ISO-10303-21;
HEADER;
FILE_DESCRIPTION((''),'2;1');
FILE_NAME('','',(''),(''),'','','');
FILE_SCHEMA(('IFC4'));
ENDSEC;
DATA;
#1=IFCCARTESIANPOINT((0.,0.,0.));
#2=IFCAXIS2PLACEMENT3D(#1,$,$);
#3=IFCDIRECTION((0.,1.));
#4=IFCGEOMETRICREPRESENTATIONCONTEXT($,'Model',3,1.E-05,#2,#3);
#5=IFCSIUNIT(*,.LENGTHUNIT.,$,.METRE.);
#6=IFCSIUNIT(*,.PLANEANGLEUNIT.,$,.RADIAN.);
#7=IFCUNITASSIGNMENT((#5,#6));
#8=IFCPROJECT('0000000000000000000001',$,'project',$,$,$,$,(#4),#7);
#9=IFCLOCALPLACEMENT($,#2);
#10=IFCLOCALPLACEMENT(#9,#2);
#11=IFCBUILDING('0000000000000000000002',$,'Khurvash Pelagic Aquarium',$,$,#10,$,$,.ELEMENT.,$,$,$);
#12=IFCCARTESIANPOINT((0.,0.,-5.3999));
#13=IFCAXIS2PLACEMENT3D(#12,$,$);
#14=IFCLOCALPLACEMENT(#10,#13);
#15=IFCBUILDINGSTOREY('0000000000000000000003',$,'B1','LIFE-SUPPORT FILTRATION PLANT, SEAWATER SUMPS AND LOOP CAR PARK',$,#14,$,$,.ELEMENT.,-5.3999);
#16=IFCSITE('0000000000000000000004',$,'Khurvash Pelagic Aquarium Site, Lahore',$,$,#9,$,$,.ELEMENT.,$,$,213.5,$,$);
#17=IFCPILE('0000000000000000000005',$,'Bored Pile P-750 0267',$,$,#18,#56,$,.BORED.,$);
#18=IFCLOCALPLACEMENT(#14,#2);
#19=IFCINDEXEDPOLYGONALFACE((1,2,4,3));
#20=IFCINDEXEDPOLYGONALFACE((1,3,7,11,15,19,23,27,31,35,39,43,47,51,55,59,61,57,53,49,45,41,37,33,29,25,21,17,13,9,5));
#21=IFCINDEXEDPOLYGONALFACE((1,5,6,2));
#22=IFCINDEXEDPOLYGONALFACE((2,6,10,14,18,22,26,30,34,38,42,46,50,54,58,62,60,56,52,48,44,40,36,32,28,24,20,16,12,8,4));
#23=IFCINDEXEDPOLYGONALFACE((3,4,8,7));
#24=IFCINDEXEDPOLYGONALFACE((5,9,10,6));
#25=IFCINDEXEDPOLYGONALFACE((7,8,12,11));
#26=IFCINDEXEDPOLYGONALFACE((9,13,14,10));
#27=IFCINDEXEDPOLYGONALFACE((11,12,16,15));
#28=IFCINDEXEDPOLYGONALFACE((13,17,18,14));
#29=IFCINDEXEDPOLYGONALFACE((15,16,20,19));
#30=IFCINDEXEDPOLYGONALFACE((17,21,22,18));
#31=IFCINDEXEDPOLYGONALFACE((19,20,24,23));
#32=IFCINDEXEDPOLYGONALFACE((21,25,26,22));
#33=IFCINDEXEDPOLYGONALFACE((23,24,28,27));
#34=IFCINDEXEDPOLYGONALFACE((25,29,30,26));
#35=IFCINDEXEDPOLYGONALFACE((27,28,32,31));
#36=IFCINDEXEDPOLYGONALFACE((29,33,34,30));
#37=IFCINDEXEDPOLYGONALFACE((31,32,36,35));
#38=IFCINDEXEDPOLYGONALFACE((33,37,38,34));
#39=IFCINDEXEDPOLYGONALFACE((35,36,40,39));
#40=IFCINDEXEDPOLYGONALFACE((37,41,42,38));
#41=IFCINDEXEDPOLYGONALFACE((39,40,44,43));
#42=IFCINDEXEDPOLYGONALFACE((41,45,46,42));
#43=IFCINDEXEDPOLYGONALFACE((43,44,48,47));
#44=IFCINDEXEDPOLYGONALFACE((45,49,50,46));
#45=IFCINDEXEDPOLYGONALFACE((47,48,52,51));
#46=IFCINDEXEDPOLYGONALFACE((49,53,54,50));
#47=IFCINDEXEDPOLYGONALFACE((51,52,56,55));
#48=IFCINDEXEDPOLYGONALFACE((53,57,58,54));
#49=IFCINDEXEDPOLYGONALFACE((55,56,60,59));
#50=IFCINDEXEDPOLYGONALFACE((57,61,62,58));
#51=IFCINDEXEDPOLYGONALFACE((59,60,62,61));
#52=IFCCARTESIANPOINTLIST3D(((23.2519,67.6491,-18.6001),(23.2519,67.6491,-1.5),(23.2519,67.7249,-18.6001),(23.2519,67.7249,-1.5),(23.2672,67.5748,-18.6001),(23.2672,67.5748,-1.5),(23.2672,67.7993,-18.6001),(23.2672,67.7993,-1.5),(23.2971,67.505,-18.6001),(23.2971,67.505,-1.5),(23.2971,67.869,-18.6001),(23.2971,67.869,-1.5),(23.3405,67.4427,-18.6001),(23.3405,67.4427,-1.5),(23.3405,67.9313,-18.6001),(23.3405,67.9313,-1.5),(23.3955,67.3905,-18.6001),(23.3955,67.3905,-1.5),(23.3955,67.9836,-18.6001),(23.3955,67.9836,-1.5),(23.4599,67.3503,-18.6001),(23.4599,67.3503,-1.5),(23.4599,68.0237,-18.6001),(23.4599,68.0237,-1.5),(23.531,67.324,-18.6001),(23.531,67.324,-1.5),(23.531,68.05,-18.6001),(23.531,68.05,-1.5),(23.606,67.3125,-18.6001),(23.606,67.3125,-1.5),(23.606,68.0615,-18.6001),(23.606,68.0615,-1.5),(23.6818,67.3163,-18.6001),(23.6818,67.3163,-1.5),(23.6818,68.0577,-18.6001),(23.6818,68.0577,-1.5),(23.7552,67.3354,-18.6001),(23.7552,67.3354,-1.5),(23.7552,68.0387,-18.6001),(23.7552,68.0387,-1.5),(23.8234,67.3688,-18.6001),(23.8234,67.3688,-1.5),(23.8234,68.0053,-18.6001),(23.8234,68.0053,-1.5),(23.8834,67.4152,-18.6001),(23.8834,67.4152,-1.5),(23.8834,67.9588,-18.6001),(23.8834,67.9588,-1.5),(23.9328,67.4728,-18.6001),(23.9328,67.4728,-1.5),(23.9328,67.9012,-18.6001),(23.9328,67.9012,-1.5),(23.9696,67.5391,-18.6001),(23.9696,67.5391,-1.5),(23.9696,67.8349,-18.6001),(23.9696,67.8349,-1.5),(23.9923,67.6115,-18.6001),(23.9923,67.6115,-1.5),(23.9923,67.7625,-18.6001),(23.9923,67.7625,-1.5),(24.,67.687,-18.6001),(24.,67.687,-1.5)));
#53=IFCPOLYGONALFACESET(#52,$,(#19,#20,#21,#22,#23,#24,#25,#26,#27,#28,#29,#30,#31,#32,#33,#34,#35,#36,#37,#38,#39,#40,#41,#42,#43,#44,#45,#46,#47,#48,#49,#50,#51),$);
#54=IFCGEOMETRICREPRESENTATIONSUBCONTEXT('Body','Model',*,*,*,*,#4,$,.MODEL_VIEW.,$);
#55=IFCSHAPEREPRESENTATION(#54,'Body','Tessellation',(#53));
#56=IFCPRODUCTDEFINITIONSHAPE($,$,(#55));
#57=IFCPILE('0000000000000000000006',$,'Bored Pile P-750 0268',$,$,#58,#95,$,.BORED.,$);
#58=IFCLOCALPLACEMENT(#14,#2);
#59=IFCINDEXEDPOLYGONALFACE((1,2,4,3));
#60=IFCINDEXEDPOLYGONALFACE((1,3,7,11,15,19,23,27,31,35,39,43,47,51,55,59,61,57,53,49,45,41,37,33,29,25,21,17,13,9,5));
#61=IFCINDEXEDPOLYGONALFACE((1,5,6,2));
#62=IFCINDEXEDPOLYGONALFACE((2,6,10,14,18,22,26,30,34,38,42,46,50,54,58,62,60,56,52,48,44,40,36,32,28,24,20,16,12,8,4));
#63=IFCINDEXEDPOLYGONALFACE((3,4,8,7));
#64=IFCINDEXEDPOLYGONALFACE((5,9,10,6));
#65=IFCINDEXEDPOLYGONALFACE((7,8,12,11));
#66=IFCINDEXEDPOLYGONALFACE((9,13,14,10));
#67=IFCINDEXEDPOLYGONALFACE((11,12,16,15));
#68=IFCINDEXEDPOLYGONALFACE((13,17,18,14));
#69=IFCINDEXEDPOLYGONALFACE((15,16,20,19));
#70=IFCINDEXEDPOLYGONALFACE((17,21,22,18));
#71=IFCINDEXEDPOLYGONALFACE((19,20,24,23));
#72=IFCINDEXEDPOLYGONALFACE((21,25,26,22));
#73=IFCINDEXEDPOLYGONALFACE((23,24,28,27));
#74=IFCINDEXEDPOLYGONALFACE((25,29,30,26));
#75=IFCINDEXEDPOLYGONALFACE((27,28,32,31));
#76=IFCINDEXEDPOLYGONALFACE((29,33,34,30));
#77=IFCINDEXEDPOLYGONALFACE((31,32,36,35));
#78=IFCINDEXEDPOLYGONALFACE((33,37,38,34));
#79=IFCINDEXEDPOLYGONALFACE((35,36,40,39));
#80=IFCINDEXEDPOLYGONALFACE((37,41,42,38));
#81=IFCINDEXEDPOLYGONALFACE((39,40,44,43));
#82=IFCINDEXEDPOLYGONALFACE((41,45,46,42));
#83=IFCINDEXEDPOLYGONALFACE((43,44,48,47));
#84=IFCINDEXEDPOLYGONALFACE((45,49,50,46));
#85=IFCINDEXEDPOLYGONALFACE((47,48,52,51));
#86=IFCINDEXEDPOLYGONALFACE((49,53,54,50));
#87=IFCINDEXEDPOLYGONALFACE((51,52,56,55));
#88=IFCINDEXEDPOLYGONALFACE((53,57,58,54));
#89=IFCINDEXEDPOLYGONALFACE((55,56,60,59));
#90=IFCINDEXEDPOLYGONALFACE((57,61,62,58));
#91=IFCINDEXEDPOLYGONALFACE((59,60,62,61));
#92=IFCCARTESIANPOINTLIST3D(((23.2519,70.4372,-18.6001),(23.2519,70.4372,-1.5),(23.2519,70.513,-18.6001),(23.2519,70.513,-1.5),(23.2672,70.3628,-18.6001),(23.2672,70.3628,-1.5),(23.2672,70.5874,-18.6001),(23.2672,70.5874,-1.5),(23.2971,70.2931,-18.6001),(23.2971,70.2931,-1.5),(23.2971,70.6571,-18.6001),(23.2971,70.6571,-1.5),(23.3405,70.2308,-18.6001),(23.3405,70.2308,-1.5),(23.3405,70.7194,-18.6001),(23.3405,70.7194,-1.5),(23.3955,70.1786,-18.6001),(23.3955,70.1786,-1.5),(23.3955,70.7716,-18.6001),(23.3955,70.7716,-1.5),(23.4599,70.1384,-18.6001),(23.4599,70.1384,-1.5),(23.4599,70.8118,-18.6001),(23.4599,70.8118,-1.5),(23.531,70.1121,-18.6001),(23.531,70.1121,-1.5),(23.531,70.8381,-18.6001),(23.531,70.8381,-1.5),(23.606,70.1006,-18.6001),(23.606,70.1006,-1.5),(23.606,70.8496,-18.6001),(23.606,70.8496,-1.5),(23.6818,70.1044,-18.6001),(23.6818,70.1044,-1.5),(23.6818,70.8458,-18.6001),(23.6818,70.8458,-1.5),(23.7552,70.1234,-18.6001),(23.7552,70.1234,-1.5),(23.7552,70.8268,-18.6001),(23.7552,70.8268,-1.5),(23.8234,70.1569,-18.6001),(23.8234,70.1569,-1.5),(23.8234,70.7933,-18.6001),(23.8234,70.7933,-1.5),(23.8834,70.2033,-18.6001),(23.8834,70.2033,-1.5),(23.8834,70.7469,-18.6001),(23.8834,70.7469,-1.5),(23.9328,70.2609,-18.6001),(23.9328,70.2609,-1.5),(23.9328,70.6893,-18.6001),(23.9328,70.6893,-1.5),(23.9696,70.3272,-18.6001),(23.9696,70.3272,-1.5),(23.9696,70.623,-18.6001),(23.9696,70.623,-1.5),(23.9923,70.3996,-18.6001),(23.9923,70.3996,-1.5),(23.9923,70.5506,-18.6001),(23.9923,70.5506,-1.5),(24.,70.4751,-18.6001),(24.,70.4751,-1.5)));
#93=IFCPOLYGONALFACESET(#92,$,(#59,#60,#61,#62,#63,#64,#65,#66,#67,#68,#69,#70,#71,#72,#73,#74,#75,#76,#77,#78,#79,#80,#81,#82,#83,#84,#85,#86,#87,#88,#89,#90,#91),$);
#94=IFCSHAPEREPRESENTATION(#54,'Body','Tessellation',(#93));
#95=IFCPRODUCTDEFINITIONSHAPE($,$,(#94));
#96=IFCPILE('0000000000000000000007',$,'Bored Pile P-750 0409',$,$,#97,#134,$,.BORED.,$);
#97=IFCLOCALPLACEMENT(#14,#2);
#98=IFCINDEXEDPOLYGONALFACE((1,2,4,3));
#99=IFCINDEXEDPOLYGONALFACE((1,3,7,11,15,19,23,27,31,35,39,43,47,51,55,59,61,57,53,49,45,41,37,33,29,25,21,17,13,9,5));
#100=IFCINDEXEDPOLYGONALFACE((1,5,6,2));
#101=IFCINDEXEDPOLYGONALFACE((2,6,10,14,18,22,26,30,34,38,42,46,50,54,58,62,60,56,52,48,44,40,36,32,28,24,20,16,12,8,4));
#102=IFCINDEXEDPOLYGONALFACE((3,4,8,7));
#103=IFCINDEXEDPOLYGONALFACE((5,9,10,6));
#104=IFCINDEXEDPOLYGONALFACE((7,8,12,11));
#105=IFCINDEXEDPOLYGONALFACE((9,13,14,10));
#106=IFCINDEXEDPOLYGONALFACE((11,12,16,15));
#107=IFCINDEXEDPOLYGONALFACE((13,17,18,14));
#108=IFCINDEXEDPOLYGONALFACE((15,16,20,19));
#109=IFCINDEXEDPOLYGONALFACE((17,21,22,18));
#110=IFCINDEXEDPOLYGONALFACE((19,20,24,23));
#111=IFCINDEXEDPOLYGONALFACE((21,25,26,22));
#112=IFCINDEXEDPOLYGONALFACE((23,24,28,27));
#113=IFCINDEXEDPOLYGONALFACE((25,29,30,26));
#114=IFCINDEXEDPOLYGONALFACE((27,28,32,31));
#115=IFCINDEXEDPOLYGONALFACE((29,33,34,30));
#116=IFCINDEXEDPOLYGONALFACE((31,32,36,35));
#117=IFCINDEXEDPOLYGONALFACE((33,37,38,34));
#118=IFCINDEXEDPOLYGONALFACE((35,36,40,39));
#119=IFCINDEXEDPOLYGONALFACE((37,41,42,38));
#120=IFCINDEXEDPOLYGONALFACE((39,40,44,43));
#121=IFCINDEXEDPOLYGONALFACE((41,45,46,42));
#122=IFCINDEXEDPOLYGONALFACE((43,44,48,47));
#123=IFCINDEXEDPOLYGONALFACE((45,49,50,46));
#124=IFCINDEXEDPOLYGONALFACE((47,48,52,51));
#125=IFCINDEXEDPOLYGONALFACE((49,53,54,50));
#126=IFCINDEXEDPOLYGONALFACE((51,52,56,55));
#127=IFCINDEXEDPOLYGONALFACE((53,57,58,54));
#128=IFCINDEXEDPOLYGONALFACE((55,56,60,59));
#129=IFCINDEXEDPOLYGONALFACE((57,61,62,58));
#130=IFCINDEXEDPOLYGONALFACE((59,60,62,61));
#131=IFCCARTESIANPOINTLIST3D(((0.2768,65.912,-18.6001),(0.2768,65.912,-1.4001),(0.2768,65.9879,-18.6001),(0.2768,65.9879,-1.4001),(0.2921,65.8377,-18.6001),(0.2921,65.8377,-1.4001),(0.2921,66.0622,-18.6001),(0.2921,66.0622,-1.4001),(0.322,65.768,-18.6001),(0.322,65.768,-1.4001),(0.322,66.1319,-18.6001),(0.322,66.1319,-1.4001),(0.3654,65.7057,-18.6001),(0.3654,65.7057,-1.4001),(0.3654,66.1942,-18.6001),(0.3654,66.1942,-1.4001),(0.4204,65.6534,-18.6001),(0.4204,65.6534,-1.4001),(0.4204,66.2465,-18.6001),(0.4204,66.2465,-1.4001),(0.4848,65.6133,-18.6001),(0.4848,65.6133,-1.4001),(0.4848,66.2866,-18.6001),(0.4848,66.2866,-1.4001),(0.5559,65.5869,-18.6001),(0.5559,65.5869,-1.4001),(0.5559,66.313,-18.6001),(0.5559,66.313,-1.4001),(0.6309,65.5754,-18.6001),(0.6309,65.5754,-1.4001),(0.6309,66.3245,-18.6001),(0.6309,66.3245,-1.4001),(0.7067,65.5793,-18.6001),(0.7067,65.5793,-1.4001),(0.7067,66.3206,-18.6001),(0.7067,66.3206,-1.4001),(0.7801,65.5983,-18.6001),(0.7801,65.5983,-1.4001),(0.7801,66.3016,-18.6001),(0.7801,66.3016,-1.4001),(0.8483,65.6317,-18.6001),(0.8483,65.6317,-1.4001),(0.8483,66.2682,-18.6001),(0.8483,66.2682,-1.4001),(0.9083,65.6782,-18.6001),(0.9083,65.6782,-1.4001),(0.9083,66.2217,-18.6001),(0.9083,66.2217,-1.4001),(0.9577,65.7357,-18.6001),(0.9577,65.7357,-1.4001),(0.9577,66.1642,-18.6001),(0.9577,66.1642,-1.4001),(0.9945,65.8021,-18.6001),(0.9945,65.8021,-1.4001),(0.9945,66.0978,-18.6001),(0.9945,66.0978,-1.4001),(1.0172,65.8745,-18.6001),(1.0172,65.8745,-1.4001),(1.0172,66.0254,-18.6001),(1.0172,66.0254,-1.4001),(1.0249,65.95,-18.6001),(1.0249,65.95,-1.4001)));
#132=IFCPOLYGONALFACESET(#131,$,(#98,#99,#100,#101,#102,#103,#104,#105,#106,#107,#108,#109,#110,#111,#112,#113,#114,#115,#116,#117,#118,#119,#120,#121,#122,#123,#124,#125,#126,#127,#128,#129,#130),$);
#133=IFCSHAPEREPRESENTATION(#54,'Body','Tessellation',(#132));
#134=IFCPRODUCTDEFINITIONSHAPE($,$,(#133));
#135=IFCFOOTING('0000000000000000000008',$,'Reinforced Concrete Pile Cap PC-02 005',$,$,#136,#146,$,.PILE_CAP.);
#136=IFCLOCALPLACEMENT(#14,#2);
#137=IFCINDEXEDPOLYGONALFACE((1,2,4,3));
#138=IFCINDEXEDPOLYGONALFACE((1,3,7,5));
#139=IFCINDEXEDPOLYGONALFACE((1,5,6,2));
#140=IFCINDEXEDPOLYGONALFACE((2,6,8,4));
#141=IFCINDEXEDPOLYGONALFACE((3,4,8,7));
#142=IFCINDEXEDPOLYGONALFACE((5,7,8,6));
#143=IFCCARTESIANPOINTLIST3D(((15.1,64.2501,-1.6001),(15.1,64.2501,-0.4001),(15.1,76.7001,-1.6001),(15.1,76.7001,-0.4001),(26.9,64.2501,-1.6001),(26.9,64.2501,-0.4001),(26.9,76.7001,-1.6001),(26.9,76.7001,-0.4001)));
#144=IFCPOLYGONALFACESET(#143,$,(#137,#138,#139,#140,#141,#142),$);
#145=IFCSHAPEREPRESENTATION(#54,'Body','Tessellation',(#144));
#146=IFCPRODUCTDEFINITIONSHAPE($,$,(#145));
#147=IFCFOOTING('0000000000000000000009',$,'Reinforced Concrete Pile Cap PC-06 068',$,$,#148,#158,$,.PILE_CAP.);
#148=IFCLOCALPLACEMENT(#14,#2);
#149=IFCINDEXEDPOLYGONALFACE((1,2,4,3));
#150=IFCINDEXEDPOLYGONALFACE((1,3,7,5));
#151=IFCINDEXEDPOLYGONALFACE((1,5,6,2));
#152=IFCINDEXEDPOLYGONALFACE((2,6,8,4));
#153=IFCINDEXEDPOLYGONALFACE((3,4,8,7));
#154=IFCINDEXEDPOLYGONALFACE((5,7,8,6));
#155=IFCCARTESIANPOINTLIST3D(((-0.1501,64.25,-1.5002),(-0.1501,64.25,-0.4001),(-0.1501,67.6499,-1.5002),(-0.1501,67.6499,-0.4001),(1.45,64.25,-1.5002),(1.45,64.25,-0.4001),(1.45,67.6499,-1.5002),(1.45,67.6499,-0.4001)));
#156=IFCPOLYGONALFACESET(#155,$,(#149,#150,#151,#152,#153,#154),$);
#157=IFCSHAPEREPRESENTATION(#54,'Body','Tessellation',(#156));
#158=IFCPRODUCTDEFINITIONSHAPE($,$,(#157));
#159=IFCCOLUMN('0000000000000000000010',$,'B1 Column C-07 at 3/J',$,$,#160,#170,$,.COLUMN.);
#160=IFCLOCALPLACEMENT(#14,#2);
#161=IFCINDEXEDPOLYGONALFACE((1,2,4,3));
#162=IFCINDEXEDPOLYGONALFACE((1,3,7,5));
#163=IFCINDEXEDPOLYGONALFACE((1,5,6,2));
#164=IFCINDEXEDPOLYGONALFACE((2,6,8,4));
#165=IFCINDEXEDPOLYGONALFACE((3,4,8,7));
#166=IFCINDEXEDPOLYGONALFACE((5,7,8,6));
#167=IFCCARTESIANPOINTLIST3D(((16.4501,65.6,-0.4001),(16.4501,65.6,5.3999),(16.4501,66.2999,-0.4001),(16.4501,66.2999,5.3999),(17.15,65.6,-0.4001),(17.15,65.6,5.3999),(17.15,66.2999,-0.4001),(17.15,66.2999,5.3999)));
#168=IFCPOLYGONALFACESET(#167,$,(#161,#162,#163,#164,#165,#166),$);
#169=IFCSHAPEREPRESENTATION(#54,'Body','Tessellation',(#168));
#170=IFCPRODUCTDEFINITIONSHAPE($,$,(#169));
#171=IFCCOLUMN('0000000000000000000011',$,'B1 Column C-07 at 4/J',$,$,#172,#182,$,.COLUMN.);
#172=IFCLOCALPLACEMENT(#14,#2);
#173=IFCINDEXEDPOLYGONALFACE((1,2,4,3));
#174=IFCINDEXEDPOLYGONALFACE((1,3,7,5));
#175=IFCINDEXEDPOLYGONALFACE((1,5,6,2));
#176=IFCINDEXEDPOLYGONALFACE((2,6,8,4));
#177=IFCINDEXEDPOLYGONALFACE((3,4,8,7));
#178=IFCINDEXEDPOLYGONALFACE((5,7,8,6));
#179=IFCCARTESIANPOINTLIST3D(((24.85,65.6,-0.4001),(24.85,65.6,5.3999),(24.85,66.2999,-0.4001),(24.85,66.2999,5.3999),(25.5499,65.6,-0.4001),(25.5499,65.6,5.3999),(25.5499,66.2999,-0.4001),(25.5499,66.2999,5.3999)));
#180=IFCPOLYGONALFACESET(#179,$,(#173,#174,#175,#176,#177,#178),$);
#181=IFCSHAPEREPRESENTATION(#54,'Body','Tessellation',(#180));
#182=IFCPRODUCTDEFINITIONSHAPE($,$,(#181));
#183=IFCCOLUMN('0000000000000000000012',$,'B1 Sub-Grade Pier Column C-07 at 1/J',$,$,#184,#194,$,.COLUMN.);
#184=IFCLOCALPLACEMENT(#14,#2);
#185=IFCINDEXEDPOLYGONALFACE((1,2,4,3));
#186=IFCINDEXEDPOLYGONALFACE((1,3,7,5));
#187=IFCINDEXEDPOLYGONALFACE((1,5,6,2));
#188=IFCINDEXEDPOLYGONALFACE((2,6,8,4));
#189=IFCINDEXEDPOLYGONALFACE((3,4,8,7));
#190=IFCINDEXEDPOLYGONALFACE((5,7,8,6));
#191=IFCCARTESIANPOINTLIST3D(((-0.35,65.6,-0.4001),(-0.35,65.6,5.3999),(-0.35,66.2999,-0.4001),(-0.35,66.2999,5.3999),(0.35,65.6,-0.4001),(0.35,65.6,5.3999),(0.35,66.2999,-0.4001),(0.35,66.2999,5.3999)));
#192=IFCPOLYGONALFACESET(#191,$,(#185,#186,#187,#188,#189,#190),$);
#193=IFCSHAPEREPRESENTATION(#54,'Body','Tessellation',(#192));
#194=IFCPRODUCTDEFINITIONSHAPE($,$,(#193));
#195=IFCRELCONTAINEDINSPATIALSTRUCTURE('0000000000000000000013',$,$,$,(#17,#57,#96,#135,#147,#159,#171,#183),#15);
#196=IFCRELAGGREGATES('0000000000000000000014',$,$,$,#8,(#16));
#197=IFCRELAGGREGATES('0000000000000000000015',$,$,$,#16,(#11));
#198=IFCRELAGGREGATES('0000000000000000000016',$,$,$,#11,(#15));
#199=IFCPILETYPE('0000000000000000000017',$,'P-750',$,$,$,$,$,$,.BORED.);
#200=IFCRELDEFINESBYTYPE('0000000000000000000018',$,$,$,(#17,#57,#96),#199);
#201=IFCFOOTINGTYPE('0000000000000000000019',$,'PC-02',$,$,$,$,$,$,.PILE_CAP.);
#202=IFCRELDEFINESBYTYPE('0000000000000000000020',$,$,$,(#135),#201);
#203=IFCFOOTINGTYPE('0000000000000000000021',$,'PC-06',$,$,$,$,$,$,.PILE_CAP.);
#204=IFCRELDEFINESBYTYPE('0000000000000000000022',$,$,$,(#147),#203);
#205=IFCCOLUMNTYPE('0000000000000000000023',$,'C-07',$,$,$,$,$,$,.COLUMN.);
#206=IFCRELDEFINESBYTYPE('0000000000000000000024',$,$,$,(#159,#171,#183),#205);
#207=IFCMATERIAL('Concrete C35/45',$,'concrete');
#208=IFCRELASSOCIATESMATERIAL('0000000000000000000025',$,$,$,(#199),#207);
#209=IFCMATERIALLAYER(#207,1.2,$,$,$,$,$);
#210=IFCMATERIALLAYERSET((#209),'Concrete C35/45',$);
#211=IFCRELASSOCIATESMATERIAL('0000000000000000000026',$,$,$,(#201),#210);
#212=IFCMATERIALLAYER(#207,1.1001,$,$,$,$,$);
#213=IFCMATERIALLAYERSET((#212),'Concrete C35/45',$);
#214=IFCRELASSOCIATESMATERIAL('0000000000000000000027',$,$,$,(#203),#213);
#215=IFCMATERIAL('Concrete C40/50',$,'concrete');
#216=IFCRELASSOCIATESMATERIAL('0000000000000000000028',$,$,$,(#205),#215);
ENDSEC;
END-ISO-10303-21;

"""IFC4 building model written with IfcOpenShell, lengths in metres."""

from ifc_helpers import new_model, si_unit, direction, frame, origin, origin_2d, place, context, subcontext, project, spatial, rectangle, circle, extrude, material, layer, layer_set, material_profile, profile_set, type_object, element, save


model = new_model("IFC4")

# Units and contexts
model_context = context("Model", 3, precision=1e-05, world=origin(), true_north=direction((0.0, 1.0)))
body_context = subcontext(model_context, "Body", "Model", "MODEL_VIEW")
ifc_project = project(units=[si_unit("LENGTHUNIT", "METRE"), si_unit("PLANEANGLEUNIT", "RADIAN")], contexts=[model_context])

# Site, building, storey
site_placement = place(None, origin())
site = spatial("IfcSite", under=ifc_project, at=site_placement, Name="Khurvash Pelagic Aquarium Site, Lahore", CompositionType="ELEMENT", RefElevation=213.5)
building_placement = place(site_placement, origin())
building = spatial("IfcBuilding", under=site, at=building_placement, Name="Khurvash Pelagic Aquarium", CompositionType="ELEMENT")
storey_placement = place(building_placement, frame((0.0, 0.0, -5.3999)))
storey = spatial("IfcBuildingStorey", under=building, at=storey_placement, Name="B1", Description="LIFE-SUPPORT FILTRATION PLANT, SEAWATER SUMPS AND LOOP CAR PARK", CompositionType="ELEMENT", Elevation=-5.3999)

# Shared definitions
ifc_material_1 = material(Name="Concrete C35/45", Category="concrete")

# Piles
ifc_material_profile_1 = material_profile(ifc_material_1, circle(Radius=0.375, at=origin_2d()), Name="PILE750")
ifc_profile_set_1 = profile_set([ifc_material_profile_1], Name="Concrete C35/45")
pile_type = type_object("IfcPileType", Name="P-750", PredefinedType="BORED", material=ifc_profile_set_1)
for number, where, z_axis, x_axis, name in (
    (1, (23.625, 67.687, -1.5), (0.0, 0.0, -1.0), (1.0, 0.0, 0.0), "Bored Pile P-750 0267"),
    (2, (23.625, 70.4751, -1.5), (0.0, 0.0, -1.0), (1.0, 0.0, 0.0), "Bored Pile P-750 0268"),
):
    element("IfcPile", number, at=place(storey_placement, frame(where, z_axis=z_axis, x_axis=x_axis)), inside=storey, type_object=pile_type, Name=name, PredefinedType="BORED", context=body_context, shape_type="SweptSolid", body=[
        extrude(circle(Radius=0.375, at=origin_2d()), origin(), (0.0, 0.0, 1.0), 17.1001),
    ])
pile_placement = place(storey_placement, frame((0.6499, 65.95, -1.4001), z_axis=(0.0, 0.0, -1.0), x_axis=(1.0, 0.0, 0.0)))
element("IfcPile", 3, at=pile_placement, inside=storey, type_object=pile_type, Name="Bored Pile P-750 0409", PredefinedType="BORED", context=body_context, shape_type="SweptSolid", body=[
    extrude(circle(Radius=0.375, at=origin_2d()), origin(), (0.0, 0.0, 1.0), 17.2),
])

# Footings
ifc_layer_1 = layer(ifc_material_1, 1.2)
ifc_layer_set_1 = layer_set([ifc_layer_1], Name="Concrete C35/45")
footing_type_1 = type_object("IfcFootingType", Name="PC-02", PredefinedType="PILE_CAP", material=ifc_layer_set_1)
footing_1_placement = place(storey_placement, frame((21.0, 70.4751, -1.6001), z_axis=(0.0, 0.0, 1.0), x_axis=(1.0, 0.0, 0.0)))
element("IfcFooting", 4, at=footing_1_placement, inside=storey, type_object=footing_type_1, Name="Reinforced Concrete Pile Cap PC-02 005", PredefinedType="PILE_CAP", context=body_context, shape_type="SweptSolid", body=[
    extrude(rectangle(XDim=11.8, YDim=12.45, at=origin_2d()), origin(), (0.0, 0.0, 1.0), 1.2),
])
ifc_layer_2 = layer(ifc_material_1, 1.1001)
ifc_layer_set_2 = layer_set([ifc_layer_2], Name="Concrete C35/45")
footing_type_2 = type_object("IfcFootingType", Name="PC-06", PredefinedType="PILE_CAP", material=ifc_layer_set_2)
footing_2_placement = place(storey_placement, frame((0.6499, 65.95, -1.5002), z_axis=(0.0, 0.0, 1.0), x_axis=(1.0, 0.0, 0.0)))
element("IfcFooting", 5, at=footing_2_placement, inside=storey, type_object=footing_type_2, Name="Reinforced Concrete Pile Cap PC-06 068", PredefinedType="PILE_CAP", context=body_context, shape_type="SweptSolid", body=[
    extrude(rectangle(XDim=1.6001, YDim=3.3999, at=origin_2d()), origin(), (0.0, 0.0, 1.0), 1.1001),
])

# Columns
ifc_material_2 = material(Name="Concrete C40/50", Category="concrete")
ifc_material_profile_2 = material_profile(ifc_material_2, rectangle(XDim=0.7, YDim=0.7, at=origin_2d()), Name="RC700X700")
ifc_profile_set_2 = profile_set([ifc_material_profile_2], Name="Concrete C40/50")
column_type = type_object("IfcColumnType", Name="C-07", PredefinedType="COLUMN", material=ifc_profile_set_2)
for number, where, z_axis, x_axis, name in (
    (6, (16.8, 65.95, -0.4001), (0.0, 0.0, 1.0), (1.0, 0.0, 0.0), "B1 Column C-07 at 3/J"),
    (7, (25.2, 65.95, -0.4001), (0.0, 0.0, 1.0), (1.0, 0.0, 0.0), "B1 Column C-07 at 4/J"),
    (8, (0.0, 65.95, -0.4001), (0.0, 0.0, 1.0), (1.0, 0.0, 0.0), "B1 Sub-Grade Pier Column C-07 at 1/J"),
):
    element("IfcColumn", number, at=place(storey_placement, frame(where, z_axis=z_axis, x_axis=x_axis)), inside=storey, type_object=column_type, Name=name, PredefinedType="COLUMN", context=body_context, shape_type="SweptSolid", body=[
        extrude(rectangle(XDim=0.7, YDim=0.7, at=origin_2d()), origin(), (0.0, 0.0, 1.0), 5.8),
    ])

save(model, "model.ifc")
